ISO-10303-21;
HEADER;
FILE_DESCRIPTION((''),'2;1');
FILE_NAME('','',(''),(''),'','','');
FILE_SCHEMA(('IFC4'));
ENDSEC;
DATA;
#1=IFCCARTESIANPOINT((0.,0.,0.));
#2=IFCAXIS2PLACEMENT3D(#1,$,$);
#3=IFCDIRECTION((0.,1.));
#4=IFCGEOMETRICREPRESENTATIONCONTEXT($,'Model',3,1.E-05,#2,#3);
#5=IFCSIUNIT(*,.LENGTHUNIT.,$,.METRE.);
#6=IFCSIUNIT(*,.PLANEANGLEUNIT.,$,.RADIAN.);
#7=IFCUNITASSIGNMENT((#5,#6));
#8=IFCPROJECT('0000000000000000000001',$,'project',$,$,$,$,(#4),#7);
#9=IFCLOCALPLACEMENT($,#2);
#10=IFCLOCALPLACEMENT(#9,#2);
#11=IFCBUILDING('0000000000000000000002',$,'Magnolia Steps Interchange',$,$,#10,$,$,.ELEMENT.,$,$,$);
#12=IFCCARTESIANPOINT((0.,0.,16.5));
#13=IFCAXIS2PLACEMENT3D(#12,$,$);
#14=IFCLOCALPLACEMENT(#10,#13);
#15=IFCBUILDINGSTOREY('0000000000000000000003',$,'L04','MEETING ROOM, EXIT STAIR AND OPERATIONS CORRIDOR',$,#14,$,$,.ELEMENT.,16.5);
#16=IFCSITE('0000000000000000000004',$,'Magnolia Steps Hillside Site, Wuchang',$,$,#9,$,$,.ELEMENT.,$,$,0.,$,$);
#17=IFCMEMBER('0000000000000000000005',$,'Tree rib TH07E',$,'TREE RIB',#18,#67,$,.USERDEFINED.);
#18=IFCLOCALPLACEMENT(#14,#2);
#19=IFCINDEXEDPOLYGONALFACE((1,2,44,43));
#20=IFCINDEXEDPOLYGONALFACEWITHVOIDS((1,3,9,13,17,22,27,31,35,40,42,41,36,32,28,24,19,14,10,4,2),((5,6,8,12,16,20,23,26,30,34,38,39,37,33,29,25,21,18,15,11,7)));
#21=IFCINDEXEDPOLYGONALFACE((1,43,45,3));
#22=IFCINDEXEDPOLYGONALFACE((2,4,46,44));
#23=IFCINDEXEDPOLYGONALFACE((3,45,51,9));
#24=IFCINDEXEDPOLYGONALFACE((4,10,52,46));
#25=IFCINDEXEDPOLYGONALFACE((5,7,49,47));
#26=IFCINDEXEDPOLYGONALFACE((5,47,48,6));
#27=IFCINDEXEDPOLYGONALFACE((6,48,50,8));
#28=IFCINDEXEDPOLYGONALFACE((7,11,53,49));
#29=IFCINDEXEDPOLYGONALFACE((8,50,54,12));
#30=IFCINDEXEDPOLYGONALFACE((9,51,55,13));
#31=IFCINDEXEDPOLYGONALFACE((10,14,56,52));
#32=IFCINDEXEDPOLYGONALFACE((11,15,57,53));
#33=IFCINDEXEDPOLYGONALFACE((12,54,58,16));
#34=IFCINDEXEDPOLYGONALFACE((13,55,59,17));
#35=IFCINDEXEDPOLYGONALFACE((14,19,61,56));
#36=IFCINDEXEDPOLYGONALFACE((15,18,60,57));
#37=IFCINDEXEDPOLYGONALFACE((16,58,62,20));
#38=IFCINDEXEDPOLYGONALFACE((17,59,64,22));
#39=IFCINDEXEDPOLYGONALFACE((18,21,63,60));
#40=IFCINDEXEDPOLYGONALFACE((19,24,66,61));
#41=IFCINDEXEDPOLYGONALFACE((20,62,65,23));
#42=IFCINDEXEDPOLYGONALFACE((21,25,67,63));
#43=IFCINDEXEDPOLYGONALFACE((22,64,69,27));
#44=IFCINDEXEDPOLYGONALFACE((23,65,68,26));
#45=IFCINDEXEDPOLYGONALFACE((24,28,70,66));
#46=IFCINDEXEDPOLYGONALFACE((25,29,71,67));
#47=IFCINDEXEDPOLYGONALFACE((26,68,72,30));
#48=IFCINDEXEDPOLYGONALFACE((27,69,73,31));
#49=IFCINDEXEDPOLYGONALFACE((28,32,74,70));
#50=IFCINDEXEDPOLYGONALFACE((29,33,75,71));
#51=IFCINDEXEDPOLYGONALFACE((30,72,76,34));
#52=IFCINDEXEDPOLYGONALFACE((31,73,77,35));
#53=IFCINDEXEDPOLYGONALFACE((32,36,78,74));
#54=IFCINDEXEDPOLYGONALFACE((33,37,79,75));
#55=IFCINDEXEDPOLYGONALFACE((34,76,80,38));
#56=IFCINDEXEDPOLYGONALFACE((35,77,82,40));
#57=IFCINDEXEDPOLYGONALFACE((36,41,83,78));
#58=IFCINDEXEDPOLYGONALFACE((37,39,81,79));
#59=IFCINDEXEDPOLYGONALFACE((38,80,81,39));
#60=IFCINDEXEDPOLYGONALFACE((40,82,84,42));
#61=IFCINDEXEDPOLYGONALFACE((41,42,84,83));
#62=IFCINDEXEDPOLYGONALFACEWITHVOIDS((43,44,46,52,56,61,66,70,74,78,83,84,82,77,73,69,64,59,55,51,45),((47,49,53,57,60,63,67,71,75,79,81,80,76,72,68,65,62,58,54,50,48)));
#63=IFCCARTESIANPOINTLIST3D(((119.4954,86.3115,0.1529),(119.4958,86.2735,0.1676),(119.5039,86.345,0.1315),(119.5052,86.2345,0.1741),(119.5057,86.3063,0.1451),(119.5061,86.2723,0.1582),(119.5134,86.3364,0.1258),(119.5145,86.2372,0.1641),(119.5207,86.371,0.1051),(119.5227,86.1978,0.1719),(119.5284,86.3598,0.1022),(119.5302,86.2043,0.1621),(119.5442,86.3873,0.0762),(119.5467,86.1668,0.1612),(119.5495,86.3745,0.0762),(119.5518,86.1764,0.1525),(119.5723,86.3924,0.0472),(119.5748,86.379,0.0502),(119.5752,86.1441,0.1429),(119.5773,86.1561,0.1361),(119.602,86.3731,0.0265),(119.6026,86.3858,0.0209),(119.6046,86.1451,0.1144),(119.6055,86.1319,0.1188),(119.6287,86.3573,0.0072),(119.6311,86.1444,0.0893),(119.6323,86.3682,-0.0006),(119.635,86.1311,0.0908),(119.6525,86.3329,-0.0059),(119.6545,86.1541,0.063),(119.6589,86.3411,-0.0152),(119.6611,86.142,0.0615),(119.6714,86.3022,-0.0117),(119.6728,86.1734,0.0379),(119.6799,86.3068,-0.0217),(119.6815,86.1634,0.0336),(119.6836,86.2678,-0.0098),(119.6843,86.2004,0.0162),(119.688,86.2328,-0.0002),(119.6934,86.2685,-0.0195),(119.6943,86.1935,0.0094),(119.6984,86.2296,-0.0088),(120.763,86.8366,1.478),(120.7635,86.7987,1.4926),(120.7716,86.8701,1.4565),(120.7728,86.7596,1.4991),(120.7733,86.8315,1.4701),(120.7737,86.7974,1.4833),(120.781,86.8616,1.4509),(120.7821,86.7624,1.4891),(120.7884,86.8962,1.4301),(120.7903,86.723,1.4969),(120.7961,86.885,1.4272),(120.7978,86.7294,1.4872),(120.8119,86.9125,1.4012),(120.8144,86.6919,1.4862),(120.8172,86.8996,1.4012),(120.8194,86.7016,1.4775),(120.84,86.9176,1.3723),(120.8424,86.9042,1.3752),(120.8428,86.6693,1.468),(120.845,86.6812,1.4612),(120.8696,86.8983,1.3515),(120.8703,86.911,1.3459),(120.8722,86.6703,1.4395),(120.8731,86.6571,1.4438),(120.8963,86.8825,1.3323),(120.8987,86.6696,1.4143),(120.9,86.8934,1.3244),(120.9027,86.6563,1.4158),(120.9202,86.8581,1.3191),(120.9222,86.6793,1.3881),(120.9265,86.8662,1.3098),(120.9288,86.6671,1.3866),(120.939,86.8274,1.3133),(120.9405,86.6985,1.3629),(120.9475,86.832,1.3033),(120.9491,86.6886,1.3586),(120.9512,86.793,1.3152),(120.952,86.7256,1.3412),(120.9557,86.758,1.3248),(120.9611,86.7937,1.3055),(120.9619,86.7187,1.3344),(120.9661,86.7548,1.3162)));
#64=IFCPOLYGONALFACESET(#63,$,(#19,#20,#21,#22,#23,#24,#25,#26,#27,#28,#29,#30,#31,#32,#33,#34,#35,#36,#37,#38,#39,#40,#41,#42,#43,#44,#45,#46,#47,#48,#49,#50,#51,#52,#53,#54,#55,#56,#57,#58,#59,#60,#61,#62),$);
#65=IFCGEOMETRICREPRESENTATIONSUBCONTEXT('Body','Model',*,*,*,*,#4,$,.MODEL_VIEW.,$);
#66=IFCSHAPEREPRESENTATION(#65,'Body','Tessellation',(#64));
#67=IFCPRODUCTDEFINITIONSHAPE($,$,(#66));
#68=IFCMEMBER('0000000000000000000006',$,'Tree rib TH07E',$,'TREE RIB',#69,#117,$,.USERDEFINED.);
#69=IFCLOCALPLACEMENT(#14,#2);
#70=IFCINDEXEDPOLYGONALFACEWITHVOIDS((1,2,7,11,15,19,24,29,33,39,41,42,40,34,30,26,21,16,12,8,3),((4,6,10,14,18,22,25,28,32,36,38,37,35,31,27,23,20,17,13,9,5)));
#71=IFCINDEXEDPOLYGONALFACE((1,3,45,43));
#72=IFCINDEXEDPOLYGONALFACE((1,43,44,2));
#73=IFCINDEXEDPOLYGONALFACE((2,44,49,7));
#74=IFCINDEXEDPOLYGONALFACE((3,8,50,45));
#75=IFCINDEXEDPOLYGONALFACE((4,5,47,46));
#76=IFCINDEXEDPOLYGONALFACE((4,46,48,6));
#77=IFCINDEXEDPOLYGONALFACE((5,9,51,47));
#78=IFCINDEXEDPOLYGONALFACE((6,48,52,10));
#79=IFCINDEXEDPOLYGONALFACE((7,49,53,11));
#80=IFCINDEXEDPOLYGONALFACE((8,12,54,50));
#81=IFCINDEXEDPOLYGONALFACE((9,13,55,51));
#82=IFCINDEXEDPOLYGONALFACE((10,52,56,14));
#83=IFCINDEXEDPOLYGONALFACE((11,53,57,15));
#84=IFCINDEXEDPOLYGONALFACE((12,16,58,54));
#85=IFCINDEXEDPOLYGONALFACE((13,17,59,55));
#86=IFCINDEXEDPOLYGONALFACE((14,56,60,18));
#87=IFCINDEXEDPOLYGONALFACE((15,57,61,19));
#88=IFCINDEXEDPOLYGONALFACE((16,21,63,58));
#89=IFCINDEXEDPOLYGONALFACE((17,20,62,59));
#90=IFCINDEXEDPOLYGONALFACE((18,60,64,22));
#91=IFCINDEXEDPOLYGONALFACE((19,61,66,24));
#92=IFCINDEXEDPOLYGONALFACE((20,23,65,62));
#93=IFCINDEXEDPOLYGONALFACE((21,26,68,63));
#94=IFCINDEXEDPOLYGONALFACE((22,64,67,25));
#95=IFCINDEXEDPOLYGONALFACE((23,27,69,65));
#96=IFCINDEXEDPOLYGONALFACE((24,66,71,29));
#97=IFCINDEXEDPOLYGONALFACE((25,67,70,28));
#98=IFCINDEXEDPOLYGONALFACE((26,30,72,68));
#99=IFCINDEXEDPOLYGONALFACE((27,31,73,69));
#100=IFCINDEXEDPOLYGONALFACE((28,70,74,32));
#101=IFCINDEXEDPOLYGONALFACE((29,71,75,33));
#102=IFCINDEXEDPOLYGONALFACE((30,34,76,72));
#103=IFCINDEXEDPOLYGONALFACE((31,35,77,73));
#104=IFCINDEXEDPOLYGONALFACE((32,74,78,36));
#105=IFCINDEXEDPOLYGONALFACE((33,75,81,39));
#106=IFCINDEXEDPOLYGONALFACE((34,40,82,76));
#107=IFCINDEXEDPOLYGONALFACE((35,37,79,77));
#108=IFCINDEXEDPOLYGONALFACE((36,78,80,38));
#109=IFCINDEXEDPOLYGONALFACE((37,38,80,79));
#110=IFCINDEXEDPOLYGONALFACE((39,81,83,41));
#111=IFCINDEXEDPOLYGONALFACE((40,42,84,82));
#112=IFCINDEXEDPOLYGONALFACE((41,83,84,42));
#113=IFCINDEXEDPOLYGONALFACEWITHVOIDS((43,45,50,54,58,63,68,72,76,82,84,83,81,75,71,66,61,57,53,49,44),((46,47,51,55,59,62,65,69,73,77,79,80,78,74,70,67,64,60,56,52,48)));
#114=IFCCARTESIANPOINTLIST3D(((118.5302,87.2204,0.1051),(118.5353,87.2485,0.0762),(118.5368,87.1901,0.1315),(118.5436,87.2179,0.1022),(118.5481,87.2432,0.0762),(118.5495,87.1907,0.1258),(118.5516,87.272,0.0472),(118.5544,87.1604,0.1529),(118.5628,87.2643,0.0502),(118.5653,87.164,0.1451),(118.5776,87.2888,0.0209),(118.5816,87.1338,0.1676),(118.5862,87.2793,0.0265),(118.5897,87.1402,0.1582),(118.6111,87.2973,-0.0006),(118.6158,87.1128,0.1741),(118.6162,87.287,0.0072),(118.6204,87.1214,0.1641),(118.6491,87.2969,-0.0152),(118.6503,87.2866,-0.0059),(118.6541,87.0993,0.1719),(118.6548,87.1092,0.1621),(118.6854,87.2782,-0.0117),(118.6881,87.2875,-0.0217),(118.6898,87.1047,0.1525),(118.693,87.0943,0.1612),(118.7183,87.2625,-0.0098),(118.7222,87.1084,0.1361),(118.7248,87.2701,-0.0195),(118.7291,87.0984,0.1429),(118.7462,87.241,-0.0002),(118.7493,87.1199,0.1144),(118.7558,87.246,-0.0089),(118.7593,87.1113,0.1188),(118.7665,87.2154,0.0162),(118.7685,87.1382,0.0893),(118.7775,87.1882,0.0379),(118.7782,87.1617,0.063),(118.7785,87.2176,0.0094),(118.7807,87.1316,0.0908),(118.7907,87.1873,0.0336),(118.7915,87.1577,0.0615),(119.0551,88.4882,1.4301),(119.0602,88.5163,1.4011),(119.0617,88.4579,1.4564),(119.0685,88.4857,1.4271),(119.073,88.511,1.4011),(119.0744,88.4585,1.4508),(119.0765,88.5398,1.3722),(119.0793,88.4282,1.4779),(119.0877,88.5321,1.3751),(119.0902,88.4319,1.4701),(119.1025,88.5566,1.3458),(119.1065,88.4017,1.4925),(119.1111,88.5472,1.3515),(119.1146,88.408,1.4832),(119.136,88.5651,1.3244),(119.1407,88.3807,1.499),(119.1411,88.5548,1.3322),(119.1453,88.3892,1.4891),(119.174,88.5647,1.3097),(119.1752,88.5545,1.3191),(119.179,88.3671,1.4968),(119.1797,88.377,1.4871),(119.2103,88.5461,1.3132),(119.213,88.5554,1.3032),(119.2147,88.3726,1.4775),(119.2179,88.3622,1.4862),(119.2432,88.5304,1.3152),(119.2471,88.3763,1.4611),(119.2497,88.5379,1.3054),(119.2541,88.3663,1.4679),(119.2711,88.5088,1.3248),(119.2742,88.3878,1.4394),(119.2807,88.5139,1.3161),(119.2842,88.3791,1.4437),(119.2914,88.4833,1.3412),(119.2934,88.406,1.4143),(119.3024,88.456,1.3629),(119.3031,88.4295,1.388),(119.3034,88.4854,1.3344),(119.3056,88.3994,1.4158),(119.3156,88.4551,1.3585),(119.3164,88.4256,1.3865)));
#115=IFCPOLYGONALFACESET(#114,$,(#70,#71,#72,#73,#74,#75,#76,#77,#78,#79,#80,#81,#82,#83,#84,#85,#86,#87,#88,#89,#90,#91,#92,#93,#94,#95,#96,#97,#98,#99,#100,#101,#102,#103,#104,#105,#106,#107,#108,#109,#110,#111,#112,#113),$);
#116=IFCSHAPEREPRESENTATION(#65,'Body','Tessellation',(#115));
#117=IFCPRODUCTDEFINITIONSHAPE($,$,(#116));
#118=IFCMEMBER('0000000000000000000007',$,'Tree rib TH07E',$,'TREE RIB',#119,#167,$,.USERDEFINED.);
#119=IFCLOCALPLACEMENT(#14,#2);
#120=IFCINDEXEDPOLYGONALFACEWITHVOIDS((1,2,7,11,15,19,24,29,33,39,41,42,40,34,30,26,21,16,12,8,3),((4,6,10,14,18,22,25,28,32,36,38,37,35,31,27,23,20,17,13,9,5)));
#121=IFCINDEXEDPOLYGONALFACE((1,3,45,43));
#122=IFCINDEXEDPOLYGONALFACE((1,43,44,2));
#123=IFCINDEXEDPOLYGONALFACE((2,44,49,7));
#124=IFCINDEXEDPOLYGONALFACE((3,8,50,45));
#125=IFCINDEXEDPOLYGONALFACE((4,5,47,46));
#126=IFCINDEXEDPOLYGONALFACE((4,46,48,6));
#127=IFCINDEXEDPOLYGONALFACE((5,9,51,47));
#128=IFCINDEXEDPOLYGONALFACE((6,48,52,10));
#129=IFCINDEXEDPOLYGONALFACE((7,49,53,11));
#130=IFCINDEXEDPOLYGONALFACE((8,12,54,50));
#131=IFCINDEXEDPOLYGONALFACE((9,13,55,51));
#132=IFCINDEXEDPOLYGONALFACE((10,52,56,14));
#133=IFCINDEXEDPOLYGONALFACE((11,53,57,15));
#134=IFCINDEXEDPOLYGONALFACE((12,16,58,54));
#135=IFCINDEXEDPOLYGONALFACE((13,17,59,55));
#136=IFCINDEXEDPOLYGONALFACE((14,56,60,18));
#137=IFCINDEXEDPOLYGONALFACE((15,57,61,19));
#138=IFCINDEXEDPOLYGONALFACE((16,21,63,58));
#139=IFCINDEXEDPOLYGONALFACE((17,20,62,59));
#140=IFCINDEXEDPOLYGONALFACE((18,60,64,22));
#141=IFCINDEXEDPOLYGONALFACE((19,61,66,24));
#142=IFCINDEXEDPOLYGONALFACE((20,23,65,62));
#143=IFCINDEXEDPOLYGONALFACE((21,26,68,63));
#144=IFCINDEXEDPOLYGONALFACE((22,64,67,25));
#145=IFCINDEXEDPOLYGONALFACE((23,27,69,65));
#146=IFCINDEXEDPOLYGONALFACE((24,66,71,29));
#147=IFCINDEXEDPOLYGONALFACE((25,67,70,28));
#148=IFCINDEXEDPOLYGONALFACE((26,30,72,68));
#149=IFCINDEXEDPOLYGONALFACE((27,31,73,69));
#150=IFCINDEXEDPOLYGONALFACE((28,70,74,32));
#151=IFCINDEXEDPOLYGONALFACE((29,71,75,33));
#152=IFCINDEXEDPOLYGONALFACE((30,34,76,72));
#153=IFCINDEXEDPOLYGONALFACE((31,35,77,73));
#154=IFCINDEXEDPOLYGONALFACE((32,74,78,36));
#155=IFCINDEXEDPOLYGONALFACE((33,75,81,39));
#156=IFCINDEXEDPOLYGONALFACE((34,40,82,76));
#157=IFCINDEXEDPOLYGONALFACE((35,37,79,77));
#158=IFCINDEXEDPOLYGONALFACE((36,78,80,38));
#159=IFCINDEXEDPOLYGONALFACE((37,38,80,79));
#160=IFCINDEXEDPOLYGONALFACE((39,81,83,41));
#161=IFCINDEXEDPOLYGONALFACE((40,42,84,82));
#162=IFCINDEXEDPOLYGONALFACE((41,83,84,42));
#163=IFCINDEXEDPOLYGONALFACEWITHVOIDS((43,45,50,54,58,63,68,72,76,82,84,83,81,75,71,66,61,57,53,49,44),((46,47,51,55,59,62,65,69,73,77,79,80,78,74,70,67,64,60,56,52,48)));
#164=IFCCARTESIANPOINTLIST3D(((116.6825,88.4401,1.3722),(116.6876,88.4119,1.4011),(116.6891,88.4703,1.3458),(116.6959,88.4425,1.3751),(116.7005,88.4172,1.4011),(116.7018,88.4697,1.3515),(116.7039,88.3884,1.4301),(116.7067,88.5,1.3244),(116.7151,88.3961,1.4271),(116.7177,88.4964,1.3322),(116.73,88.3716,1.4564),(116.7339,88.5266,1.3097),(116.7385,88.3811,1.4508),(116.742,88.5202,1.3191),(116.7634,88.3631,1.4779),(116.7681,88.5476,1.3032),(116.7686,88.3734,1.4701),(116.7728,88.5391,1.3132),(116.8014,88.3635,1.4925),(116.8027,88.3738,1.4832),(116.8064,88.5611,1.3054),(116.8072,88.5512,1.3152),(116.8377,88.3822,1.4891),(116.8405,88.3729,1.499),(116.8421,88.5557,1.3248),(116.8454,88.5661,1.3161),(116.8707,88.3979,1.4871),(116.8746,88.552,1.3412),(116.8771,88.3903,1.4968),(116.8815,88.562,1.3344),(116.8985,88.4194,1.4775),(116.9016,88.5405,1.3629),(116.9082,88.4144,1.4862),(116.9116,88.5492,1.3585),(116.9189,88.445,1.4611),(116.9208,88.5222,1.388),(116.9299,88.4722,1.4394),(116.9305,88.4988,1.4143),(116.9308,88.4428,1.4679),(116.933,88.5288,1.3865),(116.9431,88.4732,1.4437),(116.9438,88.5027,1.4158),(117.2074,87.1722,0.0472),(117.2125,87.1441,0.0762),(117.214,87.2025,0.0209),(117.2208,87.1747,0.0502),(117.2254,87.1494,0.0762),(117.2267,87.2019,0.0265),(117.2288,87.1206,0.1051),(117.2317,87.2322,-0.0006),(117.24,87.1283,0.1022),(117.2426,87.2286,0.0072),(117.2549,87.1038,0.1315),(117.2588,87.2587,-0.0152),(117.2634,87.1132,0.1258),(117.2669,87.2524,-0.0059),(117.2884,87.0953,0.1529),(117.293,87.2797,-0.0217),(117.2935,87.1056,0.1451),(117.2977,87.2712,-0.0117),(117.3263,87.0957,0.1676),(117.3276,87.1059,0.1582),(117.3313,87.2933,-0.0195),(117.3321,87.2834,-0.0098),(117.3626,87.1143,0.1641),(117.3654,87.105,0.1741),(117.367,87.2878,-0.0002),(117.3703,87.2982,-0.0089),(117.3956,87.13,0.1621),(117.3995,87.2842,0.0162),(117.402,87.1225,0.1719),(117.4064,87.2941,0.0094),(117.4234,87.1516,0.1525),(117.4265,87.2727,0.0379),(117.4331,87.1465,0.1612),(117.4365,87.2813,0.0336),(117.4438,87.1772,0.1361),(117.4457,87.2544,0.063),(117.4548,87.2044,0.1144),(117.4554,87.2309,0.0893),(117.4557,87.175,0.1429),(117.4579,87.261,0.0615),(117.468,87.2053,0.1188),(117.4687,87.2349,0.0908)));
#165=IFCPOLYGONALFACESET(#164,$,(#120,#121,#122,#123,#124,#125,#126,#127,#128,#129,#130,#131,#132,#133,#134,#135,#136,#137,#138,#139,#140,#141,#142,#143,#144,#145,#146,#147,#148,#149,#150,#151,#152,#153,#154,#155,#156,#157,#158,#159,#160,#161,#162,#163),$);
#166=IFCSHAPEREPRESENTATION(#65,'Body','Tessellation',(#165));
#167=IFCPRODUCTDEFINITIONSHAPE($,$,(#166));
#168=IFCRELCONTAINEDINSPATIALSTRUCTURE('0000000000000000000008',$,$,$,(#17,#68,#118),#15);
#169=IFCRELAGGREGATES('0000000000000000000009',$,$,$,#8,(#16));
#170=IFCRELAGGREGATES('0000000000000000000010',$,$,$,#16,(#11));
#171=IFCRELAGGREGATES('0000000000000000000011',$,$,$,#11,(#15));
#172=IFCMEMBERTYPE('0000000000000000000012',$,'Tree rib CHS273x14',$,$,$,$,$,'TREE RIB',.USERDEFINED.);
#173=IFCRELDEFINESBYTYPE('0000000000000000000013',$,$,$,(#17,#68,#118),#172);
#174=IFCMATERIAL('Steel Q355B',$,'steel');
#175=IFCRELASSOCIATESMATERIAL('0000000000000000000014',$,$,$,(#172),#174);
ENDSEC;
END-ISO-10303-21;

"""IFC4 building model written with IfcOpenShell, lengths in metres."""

from ifc_helpers import new_model, si_unit, direction, frame, origin, origin_2d, place, context, subcontext, project, spatial, hollow_circle, extrude, material, material_profile, profile_set, type_object, element, save


model = new_model("IFC4")

# Units and contexts
model_context = context("Model", 3, precision=1e-05, world=origin(), true_north=direction((0.0, 1.0)))
body_context = subcontext(model_context, "Body", "Model", "MODEL_VIEW")
ifc_project = project(units=[si_unit("LENGTHUNIT", "METRE"), si_unit("PLANEANGLEUNIT", "RADIAN")], contexts=[model_context])

# Site, building, storey
site_placement = place(None, origin())
site = spatial("IfcSite", under=ifc_project, at=site_placement, Name="Magnolia Steps Hillside Site, Wuchang", CompositionType="ELEMENT", RefElevation=0.0)
building_placement = place(site_placement, origin())
building = spatial("IfcBuilding", under=site, at=building_placement, Name="Magnolia Steps Interchange", CompositionType="ELEMENT")
storey_placement = place(building_placement, frame((0.0, 0.0, 16.5)))
storey = spatial("IfcBuildingStorey", under=building, at=storey_placement, Name="L04", Description="MEETING ROOM, EXIT STAIR AND OPERATIONS CORRIDOR", CompositionType="ELEMENT", Elevation=16.5)

# Members
ifc_material_1 = material(Name="Steel Q355B", Category="steel")
ifc_material_profile_1 = material_profile(ifc_material_1, hollow_circle(Radius=0.1365, WallThickness=0.0139, at=origin_2d()), Name="CHS273x14")
ifc_profile_set_1 = profile_set([ifc_material_profile_1], Name="Steel Q355B")
member_type_1 = type_object("IfcMemberType", Name="Tree rib CHS273x14", ElementType="TREE RIB", PredefinedType="USERDEFINED", material=ifc_profile_set_1)
for number, where, z_axis, x_axis, name in (
    (1, (119.5964, 86.2612, 0.0762), (0.664571, 0.275326, 0.694651), (-0.382745, 0.923854, 0.0), "Tree rib TH07E"),
    (2, (118.6614, 87.1963, 0.0762), (0.275184, 0.664666, 0.694617), (-0.923943, 0.38253, 0.0), "Tree rib TH07E"),
    (3, (117.3386, 87.1963, 0.0762), (-0.275184, 0.664666, 0.694617), (-0.923943, -0.38253, 0.0), "Tree rib TH07E"),
):
    element("IfcMember", number, at=place(storey_placement, frame(where, z_axis=z_axis, x_axis=x_axis)), inside=storey, type_object=member_type_1, Name=name, ObjectType="TREE RIB", PredefinedType="USERDEFINED", context=body_context, shape_type="SweptSolid", body=[
        extrude(hollow_circle(Radius=0.1365, WallThickness=0.0139, at=origin_2d()), origin(), (0.0, 0.0, 1.0), 1.9075),
    ])

save(model, "model.ifc")
